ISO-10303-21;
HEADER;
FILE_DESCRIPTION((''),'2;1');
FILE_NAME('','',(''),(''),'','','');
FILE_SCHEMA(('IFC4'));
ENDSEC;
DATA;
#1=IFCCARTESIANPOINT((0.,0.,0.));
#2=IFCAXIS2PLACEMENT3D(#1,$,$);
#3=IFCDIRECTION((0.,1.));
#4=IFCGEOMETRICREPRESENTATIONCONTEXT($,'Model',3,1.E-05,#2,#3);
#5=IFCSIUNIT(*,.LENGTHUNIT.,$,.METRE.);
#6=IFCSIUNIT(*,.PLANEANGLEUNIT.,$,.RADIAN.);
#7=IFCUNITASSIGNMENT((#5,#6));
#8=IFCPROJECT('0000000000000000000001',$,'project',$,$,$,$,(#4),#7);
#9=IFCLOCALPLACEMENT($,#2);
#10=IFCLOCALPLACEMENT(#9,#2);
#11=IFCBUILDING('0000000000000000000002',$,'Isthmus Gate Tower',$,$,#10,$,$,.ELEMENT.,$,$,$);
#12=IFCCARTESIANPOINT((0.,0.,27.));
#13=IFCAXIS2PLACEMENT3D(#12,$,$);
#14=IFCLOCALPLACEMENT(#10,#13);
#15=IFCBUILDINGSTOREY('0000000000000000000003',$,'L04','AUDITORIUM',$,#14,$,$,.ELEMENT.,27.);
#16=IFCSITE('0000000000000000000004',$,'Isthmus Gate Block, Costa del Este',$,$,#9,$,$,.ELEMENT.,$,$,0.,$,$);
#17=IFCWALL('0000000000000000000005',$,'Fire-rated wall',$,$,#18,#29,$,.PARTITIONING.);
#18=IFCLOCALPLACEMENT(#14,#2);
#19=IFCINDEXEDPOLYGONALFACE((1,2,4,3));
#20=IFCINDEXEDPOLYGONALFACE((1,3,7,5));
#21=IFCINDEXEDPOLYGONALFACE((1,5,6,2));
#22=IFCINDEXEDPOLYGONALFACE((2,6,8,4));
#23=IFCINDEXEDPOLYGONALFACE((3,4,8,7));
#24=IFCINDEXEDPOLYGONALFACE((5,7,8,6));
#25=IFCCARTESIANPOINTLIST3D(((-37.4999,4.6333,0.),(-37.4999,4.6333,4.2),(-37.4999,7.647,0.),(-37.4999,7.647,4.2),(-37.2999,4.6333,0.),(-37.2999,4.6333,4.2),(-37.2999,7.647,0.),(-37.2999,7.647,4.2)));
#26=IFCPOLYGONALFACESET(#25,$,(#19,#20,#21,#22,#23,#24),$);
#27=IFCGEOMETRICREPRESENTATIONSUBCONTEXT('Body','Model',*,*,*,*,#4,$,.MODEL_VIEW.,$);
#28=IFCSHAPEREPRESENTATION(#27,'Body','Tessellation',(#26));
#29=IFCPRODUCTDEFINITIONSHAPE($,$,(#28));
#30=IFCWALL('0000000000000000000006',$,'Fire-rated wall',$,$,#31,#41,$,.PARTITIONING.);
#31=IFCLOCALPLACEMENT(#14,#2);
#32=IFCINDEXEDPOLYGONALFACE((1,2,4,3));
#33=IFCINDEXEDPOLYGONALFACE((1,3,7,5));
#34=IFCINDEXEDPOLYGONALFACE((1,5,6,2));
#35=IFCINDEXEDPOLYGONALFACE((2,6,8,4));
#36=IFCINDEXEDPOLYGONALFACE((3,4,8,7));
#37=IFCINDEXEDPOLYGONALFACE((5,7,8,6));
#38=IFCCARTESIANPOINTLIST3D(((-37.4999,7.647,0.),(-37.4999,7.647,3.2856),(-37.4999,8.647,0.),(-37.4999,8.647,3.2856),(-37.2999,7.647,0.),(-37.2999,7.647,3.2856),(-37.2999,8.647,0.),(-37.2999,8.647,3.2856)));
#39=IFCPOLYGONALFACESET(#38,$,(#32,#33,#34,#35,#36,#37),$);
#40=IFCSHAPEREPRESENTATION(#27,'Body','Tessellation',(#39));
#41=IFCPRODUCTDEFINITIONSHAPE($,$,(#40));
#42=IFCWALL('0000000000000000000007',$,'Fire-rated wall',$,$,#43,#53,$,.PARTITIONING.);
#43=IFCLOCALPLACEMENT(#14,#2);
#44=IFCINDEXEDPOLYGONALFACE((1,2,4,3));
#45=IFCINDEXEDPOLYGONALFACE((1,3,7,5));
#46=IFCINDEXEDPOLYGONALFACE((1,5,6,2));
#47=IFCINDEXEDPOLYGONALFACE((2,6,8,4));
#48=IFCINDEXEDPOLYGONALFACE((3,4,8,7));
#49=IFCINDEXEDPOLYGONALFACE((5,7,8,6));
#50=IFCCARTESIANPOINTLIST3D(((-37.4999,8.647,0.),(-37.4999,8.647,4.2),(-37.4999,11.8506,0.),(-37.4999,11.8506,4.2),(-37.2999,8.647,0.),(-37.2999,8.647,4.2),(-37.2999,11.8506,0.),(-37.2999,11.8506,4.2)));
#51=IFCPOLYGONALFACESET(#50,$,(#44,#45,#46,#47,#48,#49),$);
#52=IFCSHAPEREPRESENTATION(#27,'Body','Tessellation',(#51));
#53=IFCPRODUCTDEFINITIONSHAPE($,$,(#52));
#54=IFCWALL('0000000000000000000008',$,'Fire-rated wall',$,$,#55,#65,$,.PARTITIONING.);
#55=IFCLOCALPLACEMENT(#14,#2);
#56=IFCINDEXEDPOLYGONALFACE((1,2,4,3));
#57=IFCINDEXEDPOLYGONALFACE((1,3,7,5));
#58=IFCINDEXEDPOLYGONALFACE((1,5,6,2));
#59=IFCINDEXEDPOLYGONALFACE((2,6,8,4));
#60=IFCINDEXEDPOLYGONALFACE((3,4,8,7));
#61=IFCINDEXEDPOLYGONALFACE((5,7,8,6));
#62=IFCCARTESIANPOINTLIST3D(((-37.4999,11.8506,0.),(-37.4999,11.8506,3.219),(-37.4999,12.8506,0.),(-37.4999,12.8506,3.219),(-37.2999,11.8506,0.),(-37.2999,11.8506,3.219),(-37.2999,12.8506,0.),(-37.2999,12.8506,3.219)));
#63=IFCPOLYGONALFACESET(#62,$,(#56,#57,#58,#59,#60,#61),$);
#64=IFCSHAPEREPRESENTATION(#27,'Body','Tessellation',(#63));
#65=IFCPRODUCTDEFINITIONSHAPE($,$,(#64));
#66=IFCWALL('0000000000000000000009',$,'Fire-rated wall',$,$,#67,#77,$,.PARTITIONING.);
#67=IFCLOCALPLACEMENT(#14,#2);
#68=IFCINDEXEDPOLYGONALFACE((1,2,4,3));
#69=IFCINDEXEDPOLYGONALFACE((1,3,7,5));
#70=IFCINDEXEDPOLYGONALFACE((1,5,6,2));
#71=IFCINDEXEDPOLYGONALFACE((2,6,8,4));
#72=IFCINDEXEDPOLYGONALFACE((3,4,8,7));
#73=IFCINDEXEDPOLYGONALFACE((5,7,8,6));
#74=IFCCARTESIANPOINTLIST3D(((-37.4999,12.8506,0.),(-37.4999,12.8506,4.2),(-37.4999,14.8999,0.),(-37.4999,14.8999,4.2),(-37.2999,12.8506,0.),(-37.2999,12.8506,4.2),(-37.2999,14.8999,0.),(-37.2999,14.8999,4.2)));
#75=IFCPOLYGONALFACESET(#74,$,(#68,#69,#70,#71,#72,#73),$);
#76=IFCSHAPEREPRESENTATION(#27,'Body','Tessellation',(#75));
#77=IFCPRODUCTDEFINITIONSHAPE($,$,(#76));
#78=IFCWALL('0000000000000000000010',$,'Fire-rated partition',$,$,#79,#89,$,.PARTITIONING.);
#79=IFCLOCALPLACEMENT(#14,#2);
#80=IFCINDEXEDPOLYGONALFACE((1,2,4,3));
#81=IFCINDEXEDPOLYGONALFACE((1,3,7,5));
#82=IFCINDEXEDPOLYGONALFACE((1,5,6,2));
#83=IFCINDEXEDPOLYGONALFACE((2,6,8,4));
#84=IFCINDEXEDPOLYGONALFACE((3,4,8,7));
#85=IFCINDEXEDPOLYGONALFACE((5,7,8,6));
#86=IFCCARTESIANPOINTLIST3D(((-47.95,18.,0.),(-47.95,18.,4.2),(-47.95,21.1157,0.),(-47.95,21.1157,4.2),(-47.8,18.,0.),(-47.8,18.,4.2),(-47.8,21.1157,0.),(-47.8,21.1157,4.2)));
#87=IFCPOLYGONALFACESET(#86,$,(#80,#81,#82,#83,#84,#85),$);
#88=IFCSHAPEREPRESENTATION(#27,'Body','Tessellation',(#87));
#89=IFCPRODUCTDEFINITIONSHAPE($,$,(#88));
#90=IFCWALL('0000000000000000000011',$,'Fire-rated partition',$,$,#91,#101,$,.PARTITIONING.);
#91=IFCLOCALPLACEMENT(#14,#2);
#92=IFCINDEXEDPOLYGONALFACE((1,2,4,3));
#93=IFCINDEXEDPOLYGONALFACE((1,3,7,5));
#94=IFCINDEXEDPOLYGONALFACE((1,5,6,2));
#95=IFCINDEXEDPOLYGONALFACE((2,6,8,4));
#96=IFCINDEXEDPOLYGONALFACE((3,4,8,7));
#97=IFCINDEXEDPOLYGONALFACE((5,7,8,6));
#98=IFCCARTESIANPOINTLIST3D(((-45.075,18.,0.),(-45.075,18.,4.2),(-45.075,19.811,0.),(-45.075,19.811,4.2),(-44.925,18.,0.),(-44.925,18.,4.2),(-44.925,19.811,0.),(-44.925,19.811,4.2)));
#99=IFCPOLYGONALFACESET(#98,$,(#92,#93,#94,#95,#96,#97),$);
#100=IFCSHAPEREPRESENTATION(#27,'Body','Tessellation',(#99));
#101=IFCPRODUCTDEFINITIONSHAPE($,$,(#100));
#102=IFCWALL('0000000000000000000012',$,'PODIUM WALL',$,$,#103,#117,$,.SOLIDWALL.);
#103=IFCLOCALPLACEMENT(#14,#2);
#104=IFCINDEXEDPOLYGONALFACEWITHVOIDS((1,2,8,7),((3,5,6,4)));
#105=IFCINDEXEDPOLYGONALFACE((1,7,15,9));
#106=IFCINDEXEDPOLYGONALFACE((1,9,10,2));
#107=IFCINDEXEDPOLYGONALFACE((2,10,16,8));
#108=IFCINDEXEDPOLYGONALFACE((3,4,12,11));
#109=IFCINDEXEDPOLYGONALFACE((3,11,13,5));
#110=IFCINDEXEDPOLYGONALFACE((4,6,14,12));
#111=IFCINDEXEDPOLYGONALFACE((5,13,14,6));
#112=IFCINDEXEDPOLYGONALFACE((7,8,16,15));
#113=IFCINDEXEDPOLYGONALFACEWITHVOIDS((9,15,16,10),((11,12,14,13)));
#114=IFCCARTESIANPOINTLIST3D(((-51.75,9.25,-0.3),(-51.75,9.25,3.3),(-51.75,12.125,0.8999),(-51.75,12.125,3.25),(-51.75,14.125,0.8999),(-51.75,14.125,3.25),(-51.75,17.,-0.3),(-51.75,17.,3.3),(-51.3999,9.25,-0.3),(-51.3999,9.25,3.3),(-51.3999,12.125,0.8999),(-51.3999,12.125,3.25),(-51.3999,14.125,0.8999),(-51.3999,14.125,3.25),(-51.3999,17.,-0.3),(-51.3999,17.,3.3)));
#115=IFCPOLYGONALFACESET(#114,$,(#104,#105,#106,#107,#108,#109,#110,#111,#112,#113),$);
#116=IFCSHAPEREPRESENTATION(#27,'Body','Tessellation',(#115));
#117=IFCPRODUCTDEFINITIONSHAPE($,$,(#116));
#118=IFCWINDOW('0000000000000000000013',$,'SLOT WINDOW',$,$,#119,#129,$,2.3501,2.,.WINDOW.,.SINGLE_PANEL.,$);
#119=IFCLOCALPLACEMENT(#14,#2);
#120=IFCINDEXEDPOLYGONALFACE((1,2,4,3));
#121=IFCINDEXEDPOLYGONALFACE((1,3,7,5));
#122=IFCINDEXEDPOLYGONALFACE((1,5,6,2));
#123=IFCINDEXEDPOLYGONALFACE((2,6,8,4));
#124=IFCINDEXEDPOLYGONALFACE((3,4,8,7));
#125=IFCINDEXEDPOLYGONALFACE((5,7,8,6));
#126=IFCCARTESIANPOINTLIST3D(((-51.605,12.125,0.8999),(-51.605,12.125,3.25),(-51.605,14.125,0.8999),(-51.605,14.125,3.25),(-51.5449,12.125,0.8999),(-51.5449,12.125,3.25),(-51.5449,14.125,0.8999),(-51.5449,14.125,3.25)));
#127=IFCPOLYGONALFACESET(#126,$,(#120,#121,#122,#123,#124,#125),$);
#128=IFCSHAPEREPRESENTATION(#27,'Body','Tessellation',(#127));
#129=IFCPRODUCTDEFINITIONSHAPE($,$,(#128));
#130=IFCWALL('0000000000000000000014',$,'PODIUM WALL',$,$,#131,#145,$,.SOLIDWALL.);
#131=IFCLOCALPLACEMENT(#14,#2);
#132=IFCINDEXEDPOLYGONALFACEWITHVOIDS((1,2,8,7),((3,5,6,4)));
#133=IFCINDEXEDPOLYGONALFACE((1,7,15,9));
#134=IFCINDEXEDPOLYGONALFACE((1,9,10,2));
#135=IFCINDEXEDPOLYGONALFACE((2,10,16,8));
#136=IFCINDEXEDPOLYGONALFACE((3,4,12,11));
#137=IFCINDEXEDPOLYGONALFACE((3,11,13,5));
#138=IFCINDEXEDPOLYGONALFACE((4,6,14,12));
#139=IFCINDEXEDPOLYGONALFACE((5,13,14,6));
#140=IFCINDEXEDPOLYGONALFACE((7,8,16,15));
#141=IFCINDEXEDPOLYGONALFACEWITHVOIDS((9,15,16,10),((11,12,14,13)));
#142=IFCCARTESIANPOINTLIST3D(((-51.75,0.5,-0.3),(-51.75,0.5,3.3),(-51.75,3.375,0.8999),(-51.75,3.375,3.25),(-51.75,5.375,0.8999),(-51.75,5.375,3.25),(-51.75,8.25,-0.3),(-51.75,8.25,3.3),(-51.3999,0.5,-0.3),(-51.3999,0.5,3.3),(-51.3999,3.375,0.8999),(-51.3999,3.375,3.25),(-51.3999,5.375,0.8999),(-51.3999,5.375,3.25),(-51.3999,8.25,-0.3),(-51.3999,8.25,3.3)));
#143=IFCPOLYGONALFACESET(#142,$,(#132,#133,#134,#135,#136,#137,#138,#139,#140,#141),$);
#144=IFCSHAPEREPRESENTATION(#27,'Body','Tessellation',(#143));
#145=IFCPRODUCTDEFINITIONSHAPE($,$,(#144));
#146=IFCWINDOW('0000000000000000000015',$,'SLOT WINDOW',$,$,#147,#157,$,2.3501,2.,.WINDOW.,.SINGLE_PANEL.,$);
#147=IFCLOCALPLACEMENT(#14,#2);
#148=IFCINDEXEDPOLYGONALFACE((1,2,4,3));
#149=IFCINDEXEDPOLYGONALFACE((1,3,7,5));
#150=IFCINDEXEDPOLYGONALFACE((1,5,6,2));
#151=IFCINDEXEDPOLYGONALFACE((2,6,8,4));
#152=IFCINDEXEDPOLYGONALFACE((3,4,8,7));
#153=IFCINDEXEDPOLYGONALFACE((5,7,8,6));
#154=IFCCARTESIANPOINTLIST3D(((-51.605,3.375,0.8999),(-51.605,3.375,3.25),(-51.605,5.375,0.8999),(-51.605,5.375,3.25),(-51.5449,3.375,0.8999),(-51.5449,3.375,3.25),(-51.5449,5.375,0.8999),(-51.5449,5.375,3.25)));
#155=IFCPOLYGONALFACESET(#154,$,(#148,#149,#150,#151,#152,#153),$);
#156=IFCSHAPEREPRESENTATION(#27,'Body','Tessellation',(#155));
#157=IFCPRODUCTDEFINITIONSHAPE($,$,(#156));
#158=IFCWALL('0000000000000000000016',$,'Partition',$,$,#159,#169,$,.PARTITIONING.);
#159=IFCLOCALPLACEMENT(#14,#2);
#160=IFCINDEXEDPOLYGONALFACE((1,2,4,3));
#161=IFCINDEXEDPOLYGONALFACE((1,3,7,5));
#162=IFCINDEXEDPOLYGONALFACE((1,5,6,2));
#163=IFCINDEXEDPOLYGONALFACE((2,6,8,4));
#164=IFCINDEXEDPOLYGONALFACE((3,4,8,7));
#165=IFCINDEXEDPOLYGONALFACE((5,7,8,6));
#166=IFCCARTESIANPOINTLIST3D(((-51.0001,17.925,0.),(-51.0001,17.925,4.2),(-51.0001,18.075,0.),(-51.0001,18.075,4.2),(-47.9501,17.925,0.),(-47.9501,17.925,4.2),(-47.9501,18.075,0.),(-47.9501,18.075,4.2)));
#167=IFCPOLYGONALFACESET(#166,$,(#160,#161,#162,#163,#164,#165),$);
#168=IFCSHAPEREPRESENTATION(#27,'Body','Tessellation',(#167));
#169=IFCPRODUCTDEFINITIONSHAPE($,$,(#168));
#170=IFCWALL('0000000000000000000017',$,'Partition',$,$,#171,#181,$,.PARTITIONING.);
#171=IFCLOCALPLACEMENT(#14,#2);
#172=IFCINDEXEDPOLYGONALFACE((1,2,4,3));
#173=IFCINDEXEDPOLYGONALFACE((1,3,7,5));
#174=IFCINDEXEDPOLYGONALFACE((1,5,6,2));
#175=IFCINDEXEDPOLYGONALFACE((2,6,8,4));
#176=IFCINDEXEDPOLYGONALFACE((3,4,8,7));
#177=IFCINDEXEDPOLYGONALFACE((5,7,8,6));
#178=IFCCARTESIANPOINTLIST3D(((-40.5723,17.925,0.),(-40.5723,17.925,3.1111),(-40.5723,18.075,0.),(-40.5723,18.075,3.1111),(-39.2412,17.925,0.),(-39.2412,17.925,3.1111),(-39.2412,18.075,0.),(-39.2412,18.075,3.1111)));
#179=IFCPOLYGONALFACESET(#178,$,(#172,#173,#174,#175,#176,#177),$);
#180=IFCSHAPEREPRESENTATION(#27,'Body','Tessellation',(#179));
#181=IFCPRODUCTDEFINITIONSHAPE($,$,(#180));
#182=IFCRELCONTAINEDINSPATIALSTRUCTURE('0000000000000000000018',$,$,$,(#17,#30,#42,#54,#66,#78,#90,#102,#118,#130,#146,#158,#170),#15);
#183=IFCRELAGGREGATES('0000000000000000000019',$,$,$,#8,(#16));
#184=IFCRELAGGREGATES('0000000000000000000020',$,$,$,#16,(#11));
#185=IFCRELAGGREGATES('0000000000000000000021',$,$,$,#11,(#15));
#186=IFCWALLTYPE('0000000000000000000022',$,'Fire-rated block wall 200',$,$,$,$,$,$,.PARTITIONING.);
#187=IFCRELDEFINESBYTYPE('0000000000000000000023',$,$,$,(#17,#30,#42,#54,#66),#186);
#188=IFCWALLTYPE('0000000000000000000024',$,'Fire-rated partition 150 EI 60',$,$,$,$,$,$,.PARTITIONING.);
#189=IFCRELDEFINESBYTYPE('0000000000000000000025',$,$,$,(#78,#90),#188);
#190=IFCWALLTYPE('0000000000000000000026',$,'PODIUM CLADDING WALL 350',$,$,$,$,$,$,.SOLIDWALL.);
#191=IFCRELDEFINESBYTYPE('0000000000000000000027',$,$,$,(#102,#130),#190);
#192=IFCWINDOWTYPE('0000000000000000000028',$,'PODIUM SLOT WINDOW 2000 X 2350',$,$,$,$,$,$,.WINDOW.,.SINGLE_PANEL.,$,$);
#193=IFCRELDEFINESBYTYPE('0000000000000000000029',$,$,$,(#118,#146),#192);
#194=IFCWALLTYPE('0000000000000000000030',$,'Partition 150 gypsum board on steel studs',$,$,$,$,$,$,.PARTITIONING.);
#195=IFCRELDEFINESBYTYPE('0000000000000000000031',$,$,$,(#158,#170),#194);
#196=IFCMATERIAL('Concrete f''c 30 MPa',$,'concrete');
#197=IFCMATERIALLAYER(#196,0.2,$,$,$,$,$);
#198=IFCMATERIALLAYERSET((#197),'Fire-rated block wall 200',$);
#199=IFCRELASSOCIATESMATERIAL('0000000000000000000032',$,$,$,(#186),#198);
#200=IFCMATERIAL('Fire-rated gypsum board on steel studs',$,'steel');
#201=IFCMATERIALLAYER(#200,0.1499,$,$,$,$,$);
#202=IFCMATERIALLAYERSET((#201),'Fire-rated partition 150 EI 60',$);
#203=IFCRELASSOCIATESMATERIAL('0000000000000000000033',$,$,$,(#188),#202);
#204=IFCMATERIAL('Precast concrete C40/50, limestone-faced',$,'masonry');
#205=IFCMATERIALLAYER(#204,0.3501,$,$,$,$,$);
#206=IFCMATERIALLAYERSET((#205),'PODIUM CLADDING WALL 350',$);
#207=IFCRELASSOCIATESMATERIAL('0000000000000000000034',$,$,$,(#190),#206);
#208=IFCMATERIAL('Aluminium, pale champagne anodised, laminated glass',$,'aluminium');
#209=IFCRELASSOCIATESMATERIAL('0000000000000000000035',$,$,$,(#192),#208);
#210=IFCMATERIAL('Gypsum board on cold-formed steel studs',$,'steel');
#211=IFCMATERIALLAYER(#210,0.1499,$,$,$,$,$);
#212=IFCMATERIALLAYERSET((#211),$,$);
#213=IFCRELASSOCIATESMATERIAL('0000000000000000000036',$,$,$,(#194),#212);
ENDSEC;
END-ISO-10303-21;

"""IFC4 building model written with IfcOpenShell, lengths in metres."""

from ifc_helpers import new_model, si_unit, direction, frame, frame_2d, origin, place, context, subcontext, project, spatial, rectangle, extrude, material, layer, layer_set, type_object, element, fill, save


model = new_model("IFC4")

# Units and contexts
model_context = context("Model", 3, precision=1e-05, world=origin(), true_north=direction((0.0, 1.0)))
body_context = subcontext(model_context, "Body", "Model", "MODEL_VIEW")
ifc_project = project(units=[si_unit("LENGTHUNIT", "METRE"), si_unit("PLANEANGLEUNIT", "RADIAN")], contexts=[model_context])

# Site, building, storey
site_placement = place(None, origin())
site = spatial("IfcSite", under=ifc_project, at=site_placement, Name="Isthmus Gate Block, Costa del Este", CompositionType="ELEMENT", RefElevation=0.0)
building_placement = place(site_placement, origin())
building = spatial("IfcBuilding", under=site, at=building_placement, Name="Isthmus Gate Tower", CompositionType="ELEMENT")
storey_placement = place(building_placement, frame((0.0, 0.0, 27.0)))
storey = spatial("IfcBuildingStorey", under=building, at=storey_placement, Name="L04", Description="AUDITORIUM", CompositionType="ELEMENT", Elevation=27.0)

# Shared definitions
ifc_material_1 = material(Name="Concrete f'c 30 MPa", Category="concrete")
ifc_layer_1 = layer(ifc_material_1, 0.2)
ifc_layer_set_1 = layer_set([ifc_layer_1], Name="Fire-rated block wall 200")
wall_type_1 = type_object("IfcWallType", Name="Fire-rated block wall 200", PredefinedType="PARTITIONING", material=ifc_layer_set_1)

# Walls
wall_1_placement = place(storey_placement, frame((-37.3999, 4.6333, 0.0), z_axis=(0.0, 0.0, 1.0), x_axis=(0.0, 1.0, 0.0)))
element("IfcWall", 1, at=wall_1_placement, inside=storey, type_object=wall_type_1, Name="Fire-rated wall", PredefinedType="PARTITIONING", context=body_context, shape_type="SweptSolid", body=[
    extrude(rectangle(XDim=3.0137, YDim=0.2, at=frame_2d((1.5068, 0.0))), origin(), (0.0, 0.0, 1.0), 4.2),
])
wall_2_placement = place(storey_placement, frame((-37.3999, 7.647, 0.0), z_axis=(0.0, 0.0, 1.0), x_axis=(0.0, 1.0, 0.0)))
element("IfcWall", 2, at=wall_2_placement, inside=storey, type_object=wall_type_1, Name="Fire-rated wall", PredefinedType="PARTITIONING", context=body_context, shape_type="SweptSolid", body=[
    extrude(rectangle(XDim=1.0, YDim=0.2, at=frame_2d((0.5, 0.0))), origin(), (0.0, 0.0, 1.0), 3.2856),
])
wall_3_placement = place(storey_placement, frame((-37.3999, 8.647, 0.0), z_axis=(0.0, 0.0, 1.0), x_axis=(0.0, 1.0, 0.0)))
element("IfcWall", 3, at=wall_3_placement, inside=storey, type_object=wall_type_1, Name="Fire-rated wall", PredefinedType="PARTITIONING", context=body_context, shape_type="SweptSolid", body=[
    extrude(rectangle(XDim=3.2036, YDim=0.2, at=frame_2d((1.6018, 0.0))), origin(), (0.0, 0.0, 1.0), 4.2),
])
wall_4_placement = place(storey_placement, frame((-37.3999, 11.8506, 0.0), z_axis=(0.0, 0.0, 1.0), x_axis=(0.0, 1.0, 0.0)))
element("IfcWall", 4, at=wall_4_placement, inside=storey, type_object=wall_type_1, Name="Fire-rated wall", PredefinedType="PARTITIONING", context=body_context, shape_type="SweptSolid", body=[
    extrude(rectangle(XDim=1.0, YDim=0.2, at=frame_2d((0.5, 0.0))), origin(), (0.0, 0.0, 1.0), 3.219),
])
wall_5_placement = place(storey_placement, frame((-37.3999, 12.8506, 0.0), z_axis=(0.0, 0.0, 1.0), x_axis=(0.0, 1.0, 0.0)))
element("IfcWall", 5, at=wall_5_placement, inside=storey, type_object=wall_type_1, Name="Fire-rated wall", PredefinedType="PARTITIONING", context=body_context, shape_type="SweptSolid", body=[
    extrude(rectangle(XDim=2.0493, YDim=0.2, at=frame_2d((1.0247, 0.0))), origin(), (0.0, 0.0, 1.0), 4.2),
])
ifc_material_2 = material(Name="Fire-rated gypsum board on steel studs", Category="steel")
ifc_layer_2 = layer(ifc_material_2, 0.1499)
ifc_layer_set_2 = layer_set([ifc_layer_2], Name="Fire-rated partition 150 EI 60")
wall_type_2 = type_object("IfcWallType", Name="Fire-rated partition 150 EI 60", PredefinedType="PARTITIONING", material=ifc_layer_set_2)
wall_6_placement = place(storey_placement, frame((-47.875, 18.0, 0.0), z_axis=(0.0, 0.0, 1.0), x_axis=(0.0, 1.0, 0.0)))
element("IfcWall", 6, at=wall_6_placement, inside=storey, type_object=wall_type_2, Name="Fire-rated partition", PredefinedType="PARTITIONING", context=body_context, shape_type="SweptSolid", body=[
    extrude(rectangle(XDim=3.1157, YDim=0.1499, at=frame_2d((1.5579, 0.0))), origin(), (0.0, 0.0, 1.0), 4.2),
])
wall_7_placement = place(storey_placement, frame((-45.0, 18.0, 0.0), z_axis=(0.0, 0.0, 1.0), x_axis=(0.0, 1.0, 0.0)))
element("IfcWall", 7, at=wall_7_placement, inside=storey, type_object=wall_type_2, Name="Fire-rated partition", PredefinedType="PARTITIONING", context=body_context, shape_type="SweptSolid", body=[
    extrude(rectangle(XDim=1.811, YDim=0.1499, at=frame_2d((0.9055, 0.0))), origin(), (0.0, 0.0, 1.0), 4.2),
])

# Walls, openings, windows
ifc_material_3 = material(Name="Precast concrete C40/50, limestone-faced", Category="masonry")
ifc_layer_3 = layer(ifc_material_3, 0.3501)
ifc_layer_set_3 = layer_set([ifc_layer_3], Name="PODIUM CLADDING WALL 350")
wall_type_3 = type_object("IfcWallType", Name="PODIUM CLADDING WALL 350", PredefinedType="SOLIDWALL", material=ifc_layer_set_3)
wall_8_placement = place(storey_placement, frame((-51.575, 17.0, -0.3), z_axis=(0.0, 0.0, 1.0), x_axis=(0.0, -1.0, 0.0)))
wall_8 = element("IfcWall", 8, at=wall_8_placement, inside=storey, type_object=wall_type_3, Name="PODIUM WALL", PredefinedType="SOLIDWALL", context=body_context, shape_type="SweptSolid", body=[
    extrude(rectangle(XDim=7.75, YDim=0.3501, at=frame_2d((3.875, 0.0))), origin(), (0.0, 0.0, 1.0), 3.6001),
])
opening_1_placement = place(wall_8_placement, frame((2.875, 0.0, 1.2)))
opening_1 = element("IfcOpeningElement", 9, at=opening_1_placement, cuts=wall_8, PredefinedType="OPENING", context=body_context, shape_type="SweptSolid", body=[
    extrude(rectangle(XDim=2.0, YDim=2.3501, at=frame_2d((1.0, 1.175))), frame((0.0, 0.1851, 0.0), z_axis=(0.0, -1.0, 0.0), x_axis=(1.0, 0.0, 0.0)), (0.0, 0.0, 1.0), 0.3701),
])
ifc_material_4 = material(Name="Aluminium, pale champagne anodised, laminated glass", Category="aluminium")
window_type = type_object("IfcWindowType", Name="PODIUM SLOT WINDOW 2000 X 2350", PartitioningType="SINGLE_PANEL", PredefinedType="WINDOW", material=ifc_material_4)
window_1_placement = place(opening_1_placement, origin())
window_1 = element("IfcWindow", 10, at=window_1_placement, inside=storey, type_object=window_type, Name="SLOT WINDOW", OverallHeight=2.3501, OverallWidth=2.0, PartitioningType="SINGLE_PANEL", PredefinedType="WINDOW", context=body_context, shape_type="SweptSolid", body=[
    extrude(rectangle(XDim=2.0, YDim=2.3501, at=frame_2d((1.0, 1.175))), frame((0.0, 0.03, 0.0), z_axis=(0.0, -1.0, 0.0), x_axis=(1.0, 0.0, 0.0)), (0.0, 0.0, 1.0), 0.0601),
])
fill(opening_1, window_1)
wall_9_placement = place(storey_placement, frame((-51.575, 8.25, -0.3), z_axis=(0.0, 0.0, 1.0), x_axis=(0.0, -1.0, 0.0)))
wall_9 = element("IfcWall", 11, at=wall_9_placement, inside=storey, type_object=wall_type_3, Name="PODIUM WALL", PredefinedType="SOLIDWALL", context=body_context, shape_type="SweptSolid", body=[
    extrude(rectangle(XDim=7.75, YDim=0.3501, at=frame_2d((3.875, 0.0))), origin(), (0.0, 0.0, 1.0), 3.6001),
])
opening_2_placement = place(wall_9_placement, frame((2.875, 0.0, 1.2)))
opening_2 = element("IfcOpeningElement", 12, at=opening_2_placement, cuts=wall_9, PredefinedType="OPENING", context=body_context, shape_type="SweptSolid", body=[
    extrude(rectangle(XDim=2.0, YDim=2.3501, at=frame_2d((1.0, 1.175))), frame((0.0, 0.1851, 0.0), z_axis=(0.0, -1.0, 0.0), x_axis=(1.0, 0.0, 0.0)), (0.0, 0.0, 1.0), 0.3701),
])
window_2_placement = place(opening_2_placement, origin())
window_2 = element("IfcWindow", 13, at=window_2_placement, inside=storey, type_object=window_type, Name="SLOT WINDOW", OverallHeight=2.3501, OverallWidth=2.0, PartitioningType="SINGLE_PANEL", PredefinedType="WINDOW", context=body_context, shape_type="SweptSolid", body=[
    extrude(rectangle(XDim=2.0, YDim=2.3501, at=frame_2d((1.0, 1.175))), frame((0.0, 0.03, 0.0), z_axis=(0.0, -1.0, 0.0), x_axis=(1.0, 0.0, 0.0)), (0.0, 0.0, 1.0), 0.0601),
])
fill(opening_2, window_2)

# Wall
ifc_material_5 = material(Name="Gypsum board on cold-formed steel studs", Category="steel")
ifc_layer_4 = layer(ifc_material_5, 0.1499)
ifc_layer_set_4 = layer_set([ifc_layer_4])
wall_type_4 = type_object("IfcWallType", Name="Partition 150 gypsum board on steel studs", PredefinedType="PARTITIONING", material=ifc_layer_set_4)
wall_10_placement = place(storey_placement, frame((-51.0, 18.0, 0.0), z_axis=(0.0, 0.0, 1.0), x_axis=(1.0, 0.0, 0.0)))
element("IfcWall", 14, at=wall_10_placement, inside=storey, type_object=wall_type_4, Name="Partition", PredefinedType="PARTITIONING", context=body_context, shape_type="SweptSolid", body=[
    extrude(rectangle(XDim=3.05, YDim=0.1499, at=frame_2d((1.5249, 0.0))), origin(), (0.0, 0.0, 1.0), 4.2),
])

# Wall
wall_11_placement = place(storey_placement, frame((-40.5723, 18.0, 0.0), z_axis=(0.0, 0.0, 1.0), x_axis=(1.0, 0.0, 0.0)))
element("IfcWall", 15, at=wall_11_placement, inside=storey, type_object=wall_type_4, Name="Partition", PredefinedType="PARTITIONING", context=body_context, shape_type="SweptSolid", body=[
    extrude(rectangle(XDim=1.3311, YDim=0.1499, at=frame_2d((0.6655, 0.0))), origin(), (0.0, 0.0, 1.0), 3.1111),
])

save(model, "model.ifc")
